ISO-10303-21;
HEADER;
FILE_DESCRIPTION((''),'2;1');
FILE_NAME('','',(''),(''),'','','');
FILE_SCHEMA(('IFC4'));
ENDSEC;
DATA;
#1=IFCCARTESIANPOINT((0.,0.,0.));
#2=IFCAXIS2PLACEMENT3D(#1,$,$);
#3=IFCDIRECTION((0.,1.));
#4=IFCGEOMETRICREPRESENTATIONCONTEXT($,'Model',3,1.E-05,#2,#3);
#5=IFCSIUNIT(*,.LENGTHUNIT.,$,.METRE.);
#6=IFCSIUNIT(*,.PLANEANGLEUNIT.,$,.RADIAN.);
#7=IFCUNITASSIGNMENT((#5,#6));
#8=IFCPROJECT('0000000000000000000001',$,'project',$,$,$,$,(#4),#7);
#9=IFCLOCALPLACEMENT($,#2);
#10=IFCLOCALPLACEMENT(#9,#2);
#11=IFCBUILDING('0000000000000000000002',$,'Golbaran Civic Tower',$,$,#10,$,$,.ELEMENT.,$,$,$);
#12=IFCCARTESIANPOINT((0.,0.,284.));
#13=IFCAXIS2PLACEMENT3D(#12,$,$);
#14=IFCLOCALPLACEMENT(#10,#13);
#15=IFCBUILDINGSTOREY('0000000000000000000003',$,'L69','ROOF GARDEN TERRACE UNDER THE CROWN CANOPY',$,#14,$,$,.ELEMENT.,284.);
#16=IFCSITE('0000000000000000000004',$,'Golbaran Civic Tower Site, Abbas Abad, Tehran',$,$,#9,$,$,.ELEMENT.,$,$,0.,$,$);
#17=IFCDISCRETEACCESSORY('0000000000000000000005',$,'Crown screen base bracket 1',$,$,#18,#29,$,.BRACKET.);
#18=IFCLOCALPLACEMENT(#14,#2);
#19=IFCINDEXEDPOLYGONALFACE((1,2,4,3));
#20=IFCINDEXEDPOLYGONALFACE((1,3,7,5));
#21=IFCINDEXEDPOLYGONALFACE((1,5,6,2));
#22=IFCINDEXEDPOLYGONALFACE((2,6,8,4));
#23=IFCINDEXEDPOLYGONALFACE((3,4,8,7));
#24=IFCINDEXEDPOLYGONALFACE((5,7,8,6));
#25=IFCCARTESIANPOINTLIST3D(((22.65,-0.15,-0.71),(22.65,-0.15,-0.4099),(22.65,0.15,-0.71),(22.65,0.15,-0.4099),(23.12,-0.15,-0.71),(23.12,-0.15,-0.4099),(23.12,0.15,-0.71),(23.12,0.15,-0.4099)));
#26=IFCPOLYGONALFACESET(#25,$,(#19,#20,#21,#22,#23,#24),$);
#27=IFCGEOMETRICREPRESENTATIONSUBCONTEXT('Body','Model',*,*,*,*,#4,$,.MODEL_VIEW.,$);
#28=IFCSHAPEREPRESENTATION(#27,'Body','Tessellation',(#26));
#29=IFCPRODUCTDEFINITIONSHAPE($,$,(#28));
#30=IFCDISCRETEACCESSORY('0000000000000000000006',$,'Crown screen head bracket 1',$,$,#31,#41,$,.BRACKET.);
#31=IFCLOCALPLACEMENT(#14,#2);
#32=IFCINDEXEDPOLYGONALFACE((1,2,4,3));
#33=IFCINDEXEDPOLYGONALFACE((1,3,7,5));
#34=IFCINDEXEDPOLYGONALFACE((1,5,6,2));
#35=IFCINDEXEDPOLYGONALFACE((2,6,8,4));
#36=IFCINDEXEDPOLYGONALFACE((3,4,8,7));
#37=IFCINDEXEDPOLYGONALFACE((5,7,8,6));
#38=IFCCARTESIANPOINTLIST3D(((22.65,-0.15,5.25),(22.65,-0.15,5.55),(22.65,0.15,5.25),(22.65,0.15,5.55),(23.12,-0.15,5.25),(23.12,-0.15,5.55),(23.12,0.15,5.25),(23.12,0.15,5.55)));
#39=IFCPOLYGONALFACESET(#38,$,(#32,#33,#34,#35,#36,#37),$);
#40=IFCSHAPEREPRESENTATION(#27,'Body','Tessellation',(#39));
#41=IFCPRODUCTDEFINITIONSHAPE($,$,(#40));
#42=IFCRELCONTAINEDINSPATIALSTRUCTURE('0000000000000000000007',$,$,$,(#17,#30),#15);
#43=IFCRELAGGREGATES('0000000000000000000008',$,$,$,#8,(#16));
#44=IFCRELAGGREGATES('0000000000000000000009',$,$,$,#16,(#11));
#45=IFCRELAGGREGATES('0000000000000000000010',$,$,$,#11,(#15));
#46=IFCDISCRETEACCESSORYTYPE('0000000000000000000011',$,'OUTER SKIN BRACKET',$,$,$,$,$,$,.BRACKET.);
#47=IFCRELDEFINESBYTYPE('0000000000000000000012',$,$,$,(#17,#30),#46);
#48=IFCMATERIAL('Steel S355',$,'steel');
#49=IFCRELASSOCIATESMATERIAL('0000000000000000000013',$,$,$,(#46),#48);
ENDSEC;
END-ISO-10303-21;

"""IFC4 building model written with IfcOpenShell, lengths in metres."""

from ifc_helpers import new_model, si_unit, direction, frame, origin, origin_2d, place, context, subcontext, project, spatial, rectangle, extrude, material, type_object, element, save


model = new_model("IFC4")

# Units and contexts
model_context = context("Model", 3, precision=1e-05, world=origin(), true_north=direction((0.0, 1.0)))
body_context = subcontext(model_context, "Body", "Model", "MODEL_VIEW")
ifc_project = project(units=[si_unit("LENGTHUNIT", "METRE"), si_unit("PLANEANGLEUNIT", "RADIAN")], contexts=[model_context])

# Site, building, storey
site_placement = place(None, origin())
site = spatial("IfcSite", under=ifc_project, at=site_placement, Name="Golbaran Civic Tower Site, Abbas Abad, Tehran", CompositionType="ELEMENT", RefElevation=0.0)
building_placement = place(site_placement, origin())
building = spatial("IfcBuilding", under=site, at=building_placement, Name="Golbaran Civic Tower", CompositionType="ELEMENT")
storey_placement = place(building_placement, frame((0.0, 0.0, 284.0)))
storey = spatial("IfcBuildingStorey", under=building, at=storey_placement, Name="L69", Description="ROOF GARDEN TERRACE UNDER THE CROWN CANOPY", CompositionType="ELEMENT", Elevation=284.0)

# Shared definitions
ifc_material_1 = material(Name="Steel S355", Category="steel")

# Discrete accessories
discrete_accessory_type = type_object("IfcDiscreteAccessoryType", Name="OUTER SKIN BRACKET", PredefinedType="BRACKET", material=ifc_material_1)
for number, where, z_axis, x_axis, name in (
    (1, (22.885, 0.0, -0.71), (0.0, 0.0, 1.0), (1.0, 0.0, 0.0), "Crown screen base bracket 1"),
    (2, (22.885, 0.0, 5.25), (0.0, 0.0, 1.0), (1.0, 0.0, 0.0), "Crown screen head bracket 1"),
):
    element("IfcDiscreteAccessory", number, at=place(storey_placement, frame(where, z_axis=z_axis, x_axis=x_axis)), inside=storey, type_object=discrete_accessory_type, Name=name, PredefinedType="BRACKET", context=body_context, shape_type="SweptSolid", body=[
        extrude(rectangle(XDim=0.47, YDim=0.3, at=origin_2d()), origin(), (0.0, 0.0, 1.0), 0.3),
    ])

save(model, "model.ifc")
